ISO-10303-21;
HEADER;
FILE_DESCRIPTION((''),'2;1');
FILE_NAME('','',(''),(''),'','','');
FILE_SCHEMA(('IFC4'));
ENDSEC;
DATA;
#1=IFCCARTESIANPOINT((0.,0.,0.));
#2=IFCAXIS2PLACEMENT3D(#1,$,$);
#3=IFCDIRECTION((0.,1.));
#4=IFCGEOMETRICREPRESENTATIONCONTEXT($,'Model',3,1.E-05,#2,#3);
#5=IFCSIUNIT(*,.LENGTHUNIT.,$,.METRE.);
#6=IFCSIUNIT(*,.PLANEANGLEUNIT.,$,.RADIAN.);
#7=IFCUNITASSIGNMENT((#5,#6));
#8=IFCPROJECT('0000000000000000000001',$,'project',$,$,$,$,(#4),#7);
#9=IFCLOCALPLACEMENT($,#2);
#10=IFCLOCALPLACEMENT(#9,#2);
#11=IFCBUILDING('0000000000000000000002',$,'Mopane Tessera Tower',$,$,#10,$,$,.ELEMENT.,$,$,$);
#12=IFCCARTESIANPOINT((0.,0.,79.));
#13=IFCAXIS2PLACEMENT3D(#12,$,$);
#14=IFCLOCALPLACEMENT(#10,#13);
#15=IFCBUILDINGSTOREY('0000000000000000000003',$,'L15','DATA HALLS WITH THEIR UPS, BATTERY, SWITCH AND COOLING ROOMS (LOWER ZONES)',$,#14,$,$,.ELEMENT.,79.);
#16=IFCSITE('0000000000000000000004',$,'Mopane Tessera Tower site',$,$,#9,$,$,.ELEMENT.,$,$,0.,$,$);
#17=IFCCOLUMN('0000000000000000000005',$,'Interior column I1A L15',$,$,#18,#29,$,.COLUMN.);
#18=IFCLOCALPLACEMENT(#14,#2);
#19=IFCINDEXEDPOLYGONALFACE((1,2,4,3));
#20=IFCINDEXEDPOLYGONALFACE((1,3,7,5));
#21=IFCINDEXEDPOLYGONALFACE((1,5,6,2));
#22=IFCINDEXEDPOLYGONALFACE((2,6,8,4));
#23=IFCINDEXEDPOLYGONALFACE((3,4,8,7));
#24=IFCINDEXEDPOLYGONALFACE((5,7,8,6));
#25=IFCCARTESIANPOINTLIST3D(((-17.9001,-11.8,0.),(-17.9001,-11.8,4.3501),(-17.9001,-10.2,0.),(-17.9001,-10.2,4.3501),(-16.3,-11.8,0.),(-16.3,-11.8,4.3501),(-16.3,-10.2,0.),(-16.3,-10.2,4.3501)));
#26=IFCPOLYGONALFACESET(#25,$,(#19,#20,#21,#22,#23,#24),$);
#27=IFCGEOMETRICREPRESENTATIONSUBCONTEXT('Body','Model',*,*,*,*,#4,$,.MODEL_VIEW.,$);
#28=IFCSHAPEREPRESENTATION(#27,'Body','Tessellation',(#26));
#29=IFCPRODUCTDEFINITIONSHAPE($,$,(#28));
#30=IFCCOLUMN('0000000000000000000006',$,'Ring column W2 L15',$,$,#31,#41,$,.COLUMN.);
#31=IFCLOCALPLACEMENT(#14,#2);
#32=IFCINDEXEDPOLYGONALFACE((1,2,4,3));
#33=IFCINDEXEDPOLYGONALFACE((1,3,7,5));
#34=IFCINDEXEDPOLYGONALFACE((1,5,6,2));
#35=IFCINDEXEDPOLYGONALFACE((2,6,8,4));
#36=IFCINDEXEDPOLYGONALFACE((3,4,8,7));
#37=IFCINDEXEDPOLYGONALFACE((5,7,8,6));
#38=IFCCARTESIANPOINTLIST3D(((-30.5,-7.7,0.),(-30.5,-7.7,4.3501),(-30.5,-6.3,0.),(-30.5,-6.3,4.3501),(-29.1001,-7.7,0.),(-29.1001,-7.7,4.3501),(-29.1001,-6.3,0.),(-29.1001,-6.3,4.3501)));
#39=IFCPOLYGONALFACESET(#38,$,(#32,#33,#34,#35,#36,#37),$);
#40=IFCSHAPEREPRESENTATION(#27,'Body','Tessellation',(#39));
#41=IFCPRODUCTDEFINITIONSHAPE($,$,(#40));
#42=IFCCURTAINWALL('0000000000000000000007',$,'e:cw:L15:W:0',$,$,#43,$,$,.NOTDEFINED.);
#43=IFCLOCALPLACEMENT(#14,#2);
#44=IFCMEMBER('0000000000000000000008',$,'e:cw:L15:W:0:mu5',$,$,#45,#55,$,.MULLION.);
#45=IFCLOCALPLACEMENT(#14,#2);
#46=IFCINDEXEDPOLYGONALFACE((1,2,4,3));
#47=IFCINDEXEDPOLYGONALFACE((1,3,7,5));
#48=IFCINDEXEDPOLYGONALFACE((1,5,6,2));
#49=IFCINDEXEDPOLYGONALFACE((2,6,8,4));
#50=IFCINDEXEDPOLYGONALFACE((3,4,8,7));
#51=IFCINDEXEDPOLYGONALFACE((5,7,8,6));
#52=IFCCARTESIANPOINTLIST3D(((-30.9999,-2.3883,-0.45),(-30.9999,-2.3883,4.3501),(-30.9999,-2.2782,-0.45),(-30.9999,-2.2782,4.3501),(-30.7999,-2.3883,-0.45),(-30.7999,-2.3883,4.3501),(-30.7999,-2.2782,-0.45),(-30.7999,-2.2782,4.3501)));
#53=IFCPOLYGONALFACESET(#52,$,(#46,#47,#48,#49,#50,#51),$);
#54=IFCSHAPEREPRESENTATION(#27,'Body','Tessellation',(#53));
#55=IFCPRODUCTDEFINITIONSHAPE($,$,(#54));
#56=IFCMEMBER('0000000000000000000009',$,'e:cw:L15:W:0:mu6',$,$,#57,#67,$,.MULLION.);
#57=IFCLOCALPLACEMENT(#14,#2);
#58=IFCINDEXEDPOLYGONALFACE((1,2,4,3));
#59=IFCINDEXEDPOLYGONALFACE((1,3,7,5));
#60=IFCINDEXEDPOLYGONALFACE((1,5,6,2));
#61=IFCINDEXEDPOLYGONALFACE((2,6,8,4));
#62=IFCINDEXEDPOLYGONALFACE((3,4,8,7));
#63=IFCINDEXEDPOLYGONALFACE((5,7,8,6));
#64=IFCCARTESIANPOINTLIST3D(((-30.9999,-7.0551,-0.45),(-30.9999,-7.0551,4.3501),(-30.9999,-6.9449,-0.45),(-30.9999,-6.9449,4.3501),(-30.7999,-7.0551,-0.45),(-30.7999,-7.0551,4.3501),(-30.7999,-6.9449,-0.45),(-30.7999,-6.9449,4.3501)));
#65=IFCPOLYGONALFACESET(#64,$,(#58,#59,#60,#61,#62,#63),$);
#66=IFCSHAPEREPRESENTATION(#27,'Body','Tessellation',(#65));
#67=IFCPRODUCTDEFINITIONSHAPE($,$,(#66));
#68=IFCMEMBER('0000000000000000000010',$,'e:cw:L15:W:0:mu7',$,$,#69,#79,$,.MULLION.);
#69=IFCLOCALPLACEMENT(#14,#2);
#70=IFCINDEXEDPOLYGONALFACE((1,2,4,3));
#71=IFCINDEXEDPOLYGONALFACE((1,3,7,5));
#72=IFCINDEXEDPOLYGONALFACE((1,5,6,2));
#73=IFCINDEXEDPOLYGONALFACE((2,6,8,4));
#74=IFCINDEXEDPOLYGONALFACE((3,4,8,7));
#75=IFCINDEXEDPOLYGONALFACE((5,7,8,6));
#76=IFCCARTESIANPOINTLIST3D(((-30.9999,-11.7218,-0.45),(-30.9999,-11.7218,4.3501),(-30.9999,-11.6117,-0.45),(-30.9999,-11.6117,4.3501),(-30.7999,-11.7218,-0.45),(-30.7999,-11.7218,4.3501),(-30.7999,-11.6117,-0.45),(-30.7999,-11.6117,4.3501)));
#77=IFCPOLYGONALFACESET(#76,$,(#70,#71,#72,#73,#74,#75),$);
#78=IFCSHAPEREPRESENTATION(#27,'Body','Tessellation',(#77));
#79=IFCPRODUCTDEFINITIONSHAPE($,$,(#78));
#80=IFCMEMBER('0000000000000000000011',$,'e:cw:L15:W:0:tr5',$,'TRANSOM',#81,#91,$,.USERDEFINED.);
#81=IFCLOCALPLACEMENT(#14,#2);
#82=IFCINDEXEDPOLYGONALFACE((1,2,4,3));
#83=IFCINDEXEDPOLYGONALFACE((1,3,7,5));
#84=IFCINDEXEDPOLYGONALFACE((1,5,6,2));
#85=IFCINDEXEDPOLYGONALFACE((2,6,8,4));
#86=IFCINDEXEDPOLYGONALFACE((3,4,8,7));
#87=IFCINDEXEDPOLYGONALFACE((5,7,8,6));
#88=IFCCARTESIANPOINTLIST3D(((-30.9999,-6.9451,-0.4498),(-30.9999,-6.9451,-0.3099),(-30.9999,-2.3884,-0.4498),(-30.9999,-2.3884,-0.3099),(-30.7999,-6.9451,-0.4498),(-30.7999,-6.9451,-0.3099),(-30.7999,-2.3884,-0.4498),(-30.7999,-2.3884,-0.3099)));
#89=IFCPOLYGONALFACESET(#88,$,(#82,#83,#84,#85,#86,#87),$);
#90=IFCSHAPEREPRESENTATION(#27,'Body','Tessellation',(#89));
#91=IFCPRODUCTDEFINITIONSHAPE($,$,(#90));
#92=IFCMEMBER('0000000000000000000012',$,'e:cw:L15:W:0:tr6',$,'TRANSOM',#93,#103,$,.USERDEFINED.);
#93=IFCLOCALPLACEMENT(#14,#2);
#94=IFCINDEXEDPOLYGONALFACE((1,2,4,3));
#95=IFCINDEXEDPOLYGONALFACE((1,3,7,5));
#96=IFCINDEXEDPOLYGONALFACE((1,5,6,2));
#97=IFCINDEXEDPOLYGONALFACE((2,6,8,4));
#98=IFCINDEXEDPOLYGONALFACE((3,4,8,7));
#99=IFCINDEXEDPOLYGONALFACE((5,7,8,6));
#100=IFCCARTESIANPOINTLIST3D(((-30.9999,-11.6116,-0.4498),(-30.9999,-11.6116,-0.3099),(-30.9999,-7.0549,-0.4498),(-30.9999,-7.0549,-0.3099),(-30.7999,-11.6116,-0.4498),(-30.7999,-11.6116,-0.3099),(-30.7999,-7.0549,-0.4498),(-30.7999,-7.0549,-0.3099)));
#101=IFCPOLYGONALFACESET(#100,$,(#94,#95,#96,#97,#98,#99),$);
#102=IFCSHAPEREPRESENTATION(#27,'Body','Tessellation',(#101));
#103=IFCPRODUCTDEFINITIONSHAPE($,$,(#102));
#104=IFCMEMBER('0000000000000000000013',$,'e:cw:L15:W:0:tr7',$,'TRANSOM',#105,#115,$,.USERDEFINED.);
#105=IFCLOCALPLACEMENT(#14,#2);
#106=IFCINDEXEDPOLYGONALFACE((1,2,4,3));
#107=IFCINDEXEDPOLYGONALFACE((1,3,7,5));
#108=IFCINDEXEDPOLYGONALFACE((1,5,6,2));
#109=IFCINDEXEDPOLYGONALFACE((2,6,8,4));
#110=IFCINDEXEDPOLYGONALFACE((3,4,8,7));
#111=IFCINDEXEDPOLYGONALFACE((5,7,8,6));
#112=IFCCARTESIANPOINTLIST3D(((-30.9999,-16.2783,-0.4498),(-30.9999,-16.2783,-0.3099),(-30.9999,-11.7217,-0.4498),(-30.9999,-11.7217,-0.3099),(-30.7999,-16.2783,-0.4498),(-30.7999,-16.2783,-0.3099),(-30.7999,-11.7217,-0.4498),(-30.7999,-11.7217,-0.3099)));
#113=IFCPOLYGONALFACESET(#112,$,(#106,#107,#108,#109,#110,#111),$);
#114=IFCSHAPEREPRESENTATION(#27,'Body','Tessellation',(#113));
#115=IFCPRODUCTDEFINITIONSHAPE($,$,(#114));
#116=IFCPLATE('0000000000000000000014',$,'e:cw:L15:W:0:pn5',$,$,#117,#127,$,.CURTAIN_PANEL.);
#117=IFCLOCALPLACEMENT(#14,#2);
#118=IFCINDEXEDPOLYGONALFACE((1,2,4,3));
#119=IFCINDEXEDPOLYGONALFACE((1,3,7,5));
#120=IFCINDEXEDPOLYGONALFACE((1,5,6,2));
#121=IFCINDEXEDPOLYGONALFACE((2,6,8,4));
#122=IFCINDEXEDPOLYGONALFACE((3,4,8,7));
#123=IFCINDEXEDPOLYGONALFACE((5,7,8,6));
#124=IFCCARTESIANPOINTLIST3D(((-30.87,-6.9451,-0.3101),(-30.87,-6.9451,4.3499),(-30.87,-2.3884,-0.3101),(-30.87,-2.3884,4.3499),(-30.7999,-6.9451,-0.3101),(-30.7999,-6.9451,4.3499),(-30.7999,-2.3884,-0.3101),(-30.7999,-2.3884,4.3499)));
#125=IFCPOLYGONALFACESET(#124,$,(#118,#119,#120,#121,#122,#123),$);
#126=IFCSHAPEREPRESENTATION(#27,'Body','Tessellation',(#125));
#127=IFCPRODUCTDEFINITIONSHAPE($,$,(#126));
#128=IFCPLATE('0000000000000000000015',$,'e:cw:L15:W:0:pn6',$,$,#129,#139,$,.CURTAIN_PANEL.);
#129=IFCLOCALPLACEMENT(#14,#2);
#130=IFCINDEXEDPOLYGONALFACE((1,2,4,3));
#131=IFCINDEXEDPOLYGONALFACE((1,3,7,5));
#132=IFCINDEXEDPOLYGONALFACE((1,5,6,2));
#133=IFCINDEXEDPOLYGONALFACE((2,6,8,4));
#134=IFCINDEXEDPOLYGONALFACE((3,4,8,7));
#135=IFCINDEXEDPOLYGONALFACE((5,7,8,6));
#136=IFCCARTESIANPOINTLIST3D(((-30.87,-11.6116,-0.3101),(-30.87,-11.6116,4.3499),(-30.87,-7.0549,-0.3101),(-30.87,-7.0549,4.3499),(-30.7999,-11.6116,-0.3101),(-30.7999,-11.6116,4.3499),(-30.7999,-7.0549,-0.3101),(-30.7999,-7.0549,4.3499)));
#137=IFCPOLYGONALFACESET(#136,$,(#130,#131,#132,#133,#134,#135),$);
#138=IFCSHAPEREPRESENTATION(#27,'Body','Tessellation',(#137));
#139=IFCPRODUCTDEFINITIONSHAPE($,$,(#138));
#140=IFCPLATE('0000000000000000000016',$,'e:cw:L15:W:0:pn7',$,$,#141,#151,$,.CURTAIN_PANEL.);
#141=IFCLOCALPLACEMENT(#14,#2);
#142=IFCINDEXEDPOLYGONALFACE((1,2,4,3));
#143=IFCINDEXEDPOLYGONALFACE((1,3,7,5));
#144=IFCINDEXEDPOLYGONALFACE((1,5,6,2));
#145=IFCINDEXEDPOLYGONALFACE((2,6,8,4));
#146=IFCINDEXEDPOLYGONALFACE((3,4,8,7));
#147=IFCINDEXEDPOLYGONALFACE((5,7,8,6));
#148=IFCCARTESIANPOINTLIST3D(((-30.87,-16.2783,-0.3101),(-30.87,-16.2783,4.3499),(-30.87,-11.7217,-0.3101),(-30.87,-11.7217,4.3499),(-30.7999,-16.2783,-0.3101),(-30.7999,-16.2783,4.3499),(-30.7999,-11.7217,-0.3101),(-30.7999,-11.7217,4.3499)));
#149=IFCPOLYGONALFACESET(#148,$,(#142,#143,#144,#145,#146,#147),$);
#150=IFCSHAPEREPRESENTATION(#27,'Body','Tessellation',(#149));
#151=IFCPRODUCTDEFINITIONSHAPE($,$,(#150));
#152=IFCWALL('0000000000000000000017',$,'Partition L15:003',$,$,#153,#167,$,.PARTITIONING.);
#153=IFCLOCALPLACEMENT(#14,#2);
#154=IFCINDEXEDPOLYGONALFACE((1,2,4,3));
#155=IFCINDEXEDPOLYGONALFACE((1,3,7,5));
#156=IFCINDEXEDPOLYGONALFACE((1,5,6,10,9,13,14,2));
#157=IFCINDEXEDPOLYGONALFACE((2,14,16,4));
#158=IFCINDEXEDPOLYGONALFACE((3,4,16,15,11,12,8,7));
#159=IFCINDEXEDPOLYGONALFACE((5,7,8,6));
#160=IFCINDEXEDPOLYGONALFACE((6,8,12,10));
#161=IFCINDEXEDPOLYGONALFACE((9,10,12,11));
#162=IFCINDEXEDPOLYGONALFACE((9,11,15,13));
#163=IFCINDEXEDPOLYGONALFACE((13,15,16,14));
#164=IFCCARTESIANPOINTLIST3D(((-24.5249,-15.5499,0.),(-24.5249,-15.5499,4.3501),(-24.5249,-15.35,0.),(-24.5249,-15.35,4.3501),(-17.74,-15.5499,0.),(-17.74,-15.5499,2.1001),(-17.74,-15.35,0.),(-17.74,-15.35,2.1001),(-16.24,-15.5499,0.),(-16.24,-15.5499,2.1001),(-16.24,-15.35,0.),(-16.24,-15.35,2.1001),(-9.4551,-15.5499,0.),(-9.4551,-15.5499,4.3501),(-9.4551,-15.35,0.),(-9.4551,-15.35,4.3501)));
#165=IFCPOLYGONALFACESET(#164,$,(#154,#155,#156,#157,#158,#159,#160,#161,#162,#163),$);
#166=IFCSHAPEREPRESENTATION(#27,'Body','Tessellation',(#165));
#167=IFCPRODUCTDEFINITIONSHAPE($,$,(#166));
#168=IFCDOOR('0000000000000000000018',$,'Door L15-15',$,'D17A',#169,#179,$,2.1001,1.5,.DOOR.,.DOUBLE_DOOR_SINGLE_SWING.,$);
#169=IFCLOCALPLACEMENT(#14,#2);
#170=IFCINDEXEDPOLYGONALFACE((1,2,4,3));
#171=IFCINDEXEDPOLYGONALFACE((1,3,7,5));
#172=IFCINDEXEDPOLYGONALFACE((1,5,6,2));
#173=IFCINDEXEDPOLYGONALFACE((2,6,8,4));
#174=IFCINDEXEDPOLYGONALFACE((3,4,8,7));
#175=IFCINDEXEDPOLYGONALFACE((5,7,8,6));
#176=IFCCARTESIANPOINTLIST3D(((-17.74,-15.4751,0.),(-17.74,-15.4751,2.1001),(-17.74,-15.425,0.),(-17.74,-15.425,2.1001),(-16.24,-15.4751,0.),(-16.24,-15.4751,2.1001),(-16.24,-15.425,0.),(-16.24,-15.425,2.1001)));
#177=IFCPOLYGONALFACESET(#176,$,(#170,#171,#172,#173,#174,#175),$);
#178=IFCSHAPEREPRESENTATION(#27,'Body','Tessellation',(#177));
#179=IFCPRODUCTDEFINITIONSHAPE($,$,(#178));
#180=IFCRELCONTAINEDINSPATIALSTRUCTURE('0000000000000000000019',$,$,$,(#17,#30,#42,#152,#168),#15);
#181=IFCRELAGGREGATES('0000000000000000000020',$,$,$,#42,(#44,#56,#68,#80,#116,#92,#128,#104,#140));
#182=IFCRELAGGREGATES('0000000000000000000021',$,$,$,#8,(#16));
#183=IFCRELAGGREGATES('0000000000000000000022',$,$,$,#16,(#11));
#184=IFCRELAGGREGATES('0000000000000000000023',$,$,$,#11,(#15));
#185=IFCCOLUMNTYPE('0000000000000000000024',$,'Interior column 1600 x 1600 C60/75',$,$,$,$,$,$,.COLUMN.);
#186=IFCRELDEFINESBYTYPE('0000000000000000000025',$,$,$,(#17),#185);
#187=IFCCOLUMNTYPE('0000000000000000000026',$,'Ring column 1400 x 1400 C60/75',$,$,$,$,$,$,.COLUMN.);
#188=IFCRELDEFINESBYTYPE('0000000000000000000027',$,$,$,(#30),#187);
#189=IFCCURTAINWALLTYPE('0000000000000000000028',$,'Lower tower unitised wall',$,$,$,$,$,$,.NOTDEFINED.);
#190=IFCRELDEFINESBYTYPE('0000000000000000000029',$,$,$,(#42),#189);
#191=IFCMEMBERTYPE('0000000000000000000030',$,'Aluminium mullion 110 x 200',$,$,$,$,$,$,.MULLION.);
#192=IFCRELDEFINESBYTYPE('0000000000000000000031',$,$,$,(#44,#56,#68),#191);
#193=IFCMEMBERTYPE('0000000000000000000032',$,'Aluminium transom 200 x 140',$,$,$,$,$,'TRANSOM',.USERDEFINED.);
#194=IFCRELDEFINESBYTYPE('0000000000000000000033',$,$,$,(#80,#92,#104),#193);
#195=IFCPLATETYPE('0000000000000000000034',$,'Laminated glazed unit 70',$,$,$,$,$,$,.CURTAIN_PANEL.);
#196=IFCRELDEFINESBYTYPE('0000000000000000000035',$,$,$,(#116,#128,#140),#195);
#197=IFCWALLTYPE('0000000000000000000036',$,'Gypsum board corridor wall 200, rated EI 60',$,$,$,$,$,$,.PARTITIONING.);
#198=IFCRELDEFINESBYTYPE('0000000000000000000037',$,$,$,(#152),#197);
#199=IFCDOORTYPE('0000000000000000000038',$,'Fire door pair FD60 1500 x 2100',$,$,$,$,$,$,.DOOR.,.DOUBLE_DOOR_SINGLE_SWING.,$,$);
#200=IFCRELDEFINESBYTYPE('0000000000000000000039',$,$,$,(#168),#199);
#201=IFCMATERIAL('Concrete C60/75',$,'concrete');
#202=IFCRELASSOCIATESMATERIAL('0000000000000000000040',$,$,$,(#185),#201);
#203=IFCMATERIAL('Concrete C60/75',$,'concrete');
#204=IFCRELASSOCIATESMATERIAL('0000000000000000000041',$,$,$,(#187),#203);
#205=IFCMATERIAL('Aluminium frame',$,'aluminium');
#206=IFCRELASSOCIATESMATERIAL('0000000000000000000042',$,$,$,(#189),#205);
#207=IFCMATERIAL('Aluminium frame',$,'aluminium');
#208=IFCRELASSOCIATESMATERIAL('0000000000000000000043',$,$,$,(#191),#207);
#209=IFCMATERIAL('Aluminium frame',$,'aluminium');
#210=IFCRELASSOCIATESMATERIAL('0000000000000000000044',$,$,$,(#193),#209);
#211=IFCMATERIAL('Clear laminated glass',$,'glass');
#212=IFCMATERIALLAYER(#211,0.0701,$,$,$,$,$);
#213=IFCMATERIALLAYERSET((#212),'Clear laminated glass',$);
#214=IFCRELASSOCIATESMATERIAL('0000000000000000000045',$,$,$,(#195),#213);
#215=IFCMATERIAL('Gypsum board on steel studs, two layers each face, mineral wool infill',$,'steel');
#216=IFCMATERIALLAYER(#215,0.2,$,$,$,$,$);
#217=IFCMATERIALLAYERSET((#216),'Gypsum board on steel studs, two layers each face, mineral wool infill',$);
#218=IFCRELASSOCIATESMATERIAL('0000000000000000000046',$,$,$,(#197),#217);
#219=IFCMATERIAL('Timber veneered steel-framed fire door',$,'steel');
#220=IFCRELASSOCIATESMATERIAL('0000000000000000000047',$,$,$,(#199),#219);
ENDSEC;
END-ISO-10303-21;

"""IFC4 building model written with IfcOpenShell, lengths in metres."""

from ifc_helpers import new_model, si_unit, direction, frame, frame_2d, origin, origin_2d, place, context, subcontext, project, spatial, rectangle, extrude, material, layer, layer_set, material_profile, profile_set, type_object, element, fill, aggregate, save


model = new_model("IFC4")

# Units and contexts
model_context = context("Model", 3, precision=1e-05, world=origin(), true_north=direction((0.0, 1.0)))
body_context = subcontext(model_context, "Body", "Model", "MODEL_VIEW")
ifc_project = project(units=[si_unit("LENGTHUNIT", "METRE"), si_unit("PLANEANGLEUNIT", "RADIAN")], contexts=[model_context])

# Site, building, storey
site_placement = place(None, origin())
site = spatial("IfcSite", under=ifc_project, at=site_placement, Name="Mopane Tessera Tower site", CompositionType="ELEMENT", RefElevation=0.0)
building_placement = place(site_placement, origin())
building = spatial("IfcBuilding", under=site, at=building_placement, Name="Mopane Tessera Tower", CompositionType="ELEMENT")
storey_placement = place(building_placement, frame((0.0, 0.0, 79.0)))
storey = spatial("IfcBuildingStorey", under=building, at=storey_placement, Name="L15", Description="DATA HALLS WITH THEIR UPS, BATTERY, SWITCH AND COOLING ROOMS (LOWER ZONES)", CompositionType="ELEMENT", Elevation=79.0)

# Columns
ifc_material_1 = material(Name="Concrete C60/75", Category="concrete")
ifc_material_profile_1 = material_profile(ifc_material_1, rectangle(XDim=1.6001, YDim=1.6001, at=origin_2d()))
ifc_profile_set_1 = profile_set([ifc_material_profile_1], Name="Concrete C60/75")
column_type_1 = type_object("IfcColumnType", Name="Interior column 1600 x 1600 C60/75", PredefinedType="COLUMN", material=ifc_profile_set_1)
column_1_placement = place(storey_placement, frame((-17.1001, -11.0, 0.0), z_axis=(0.0, 0.0, 1.0), x_axis=(1.0, 0.0, 0.0)))
element("IfcColumn", 1, at=column_1_placement, inside=storey, type_object=column_type_1, Name="Interior column I1A L15", PredefinedType="COLUMN", context=body_context, shape_type="SweptSolid", body=[
    extrude(rectangle(XDim=1.6001, YDim=1.6001, at=origin_2d()), origin(), (0.0, 0.0, 1.0), 4.3501),
])
ifc_material_2 = material(Name="Concrete C60/75", Category="concrete")
ifc_material_profile_2 = material_profile(ifc_material_2, rectangle(XDim=1.3999, YDim=1.3999, at=origin_2d()))
ifc_profile_set_2 = profile_set([ifc_material_profile_2], Name="Concrete C60/75")
column_type_2 = type_object("IfcColumnType", Name="Ring column 1400 x 1400 C60/75", PredefinedType="COLUMN", material=ifc_profile_set_2)
column_2_placement = place(storey_placement, frame((-29.8, -7.0, 0.0), z_axis=(0.0, 0.0, 1.0), x_axis=(1.0, 0.0, 0.0)))
element("IfcColumn", 2, at=column_2_placement, inside=storey, type_object=column_type_2, Name="Ring column W2 L15", PredefinedType="COLUMN", context=body_context, shape_type="SweptSolid", body=[
    extrude(rectangle(XDim=1.3999, YDim=1.3999, at=origin_2d()), origin(), (0.0, 0.0, 1.0), 4.3501),
])

# Curtain wall, members, plates
ifc_material_3 = material(Name="Aluminium frame", Category="aluminium")
curtain_wall_type = type_object("IfcCurtainWallType", Name="Lower tower unitised wall", PredefinedType="NOTDEFINED", material=ifc_material_3)
curtain_wall_placement = place(storey_placement, origin())
curtain_wall = element("IfcCurtainWall", 3, at=curtain_wall_placement, inside=storey, type_object=curtain_wall_type, Name="e:cw:L15:W:0", PredefinedType="NOTDEFINED")
ifc_material_4 = material(Name="Aluminium frame", Category="aluminium")
ifc_material_profile_3 = material_profile(ifc_material_4, rectangle(XDim=0.1101, YDim=0.2, at=origin_2d()))
ifc_profile_set_3 = profile_set([ifc_material_profile_3], Name="Aluminium frame")
member_type_1 = type_object("IfcMemberType", Name="Aluminium mullion 110 x 200", PredefinedType="MULLION", material=ifc_profile_set_3)
member_1_placement = place(storey_placement, frame((-30.8999, -2.3333, -0.45), z_axis=(0.0, 0.0, 1.0), x_axis=(0.0, -1.0, 0.0)))
member_1 = element("IfcMember", 4, at=member_1_placement, type_object=member_type_1, Name="e:cw:L15:W:0:mu5", PredefinedType="MULLION", context=body_context, shape_type="SweptSolid", body=[
    extrude(rectangle(XDim=0.1101, YDim=0.2, at=origin_2d()), origin(), (0.0, 0.0, 1.0), 4.8),
])
member_2_placement = place(storey_placement, frame((-30.8999, -7.0, -0.45), z_axis=(0.0, 0.0, 1.0), x_axis=(0.0, -1.0, 0.0)))
member_2 = element("IfcMember", 5, at=member_2_placement, type_object=member_type_1, Name="e:cw:L15:W:0:mu6", PredefinedType="MULLION", context=body_context, shape_type="SweptSolid", body=[
    extrude(rectangle(XDim=0.1101, YDim=0.2, at=origin_2d()), origin(), (0.0, 0.0, 1.0), 4.8),
])
member_3_placement = place(storey_placement, frame((-30.8999, -11.6667, -0.45), z_axis=(0.0, 0.0, 1.0), x_axis=(0.0, -1.0, 0.0)))
member_3 = element("IfcMember", 6, at=member_3_placement, type_object=member_type_1, Name="e:cw:L15:W:0:mu7", PredefinedType="MULLION", context=body_context, shape_type="SweptSolid", body=[
    extrude(rectangle(XDim=0.1101, YDim=0.2, at=origin_2d()), origin(), (0.0, 0.0, 1.0), 4.8),
])
ifc_material_5 = material(Name="Aluminium frame", Category="aluminium")
ifc_material_profile_4 = material_profile(ifc_material_5, rectangle(XDim=0.2, YDim=0.1399, at=origin_2d()))
ifc_profile_set_4 = profile_set([ifc_material_profile_4], Name="Aluminium frame")
member_type_2 = type_object("IfcMemberType", Name="Aluminium transom 200 x 140", ElementType="TRANSOM", PredefinedType="USERDEFINED", material=ifc_profile_set_4)
member_4_placement = place(storey_placement, frame((-30.8999, -2.3884, -0.3799), z_axis=(0.0, -1.0, 0.0), x_axis=(1.0, 0.0, 0.0)))
member_4 = element("IfcMember", 7, at=member_4_placement, type_object=member_type_2, Name="e:cw:L15:W:0:tr5", ObjectType="TRANSOM", PredefinedType="USERDEFINED", context=body_context, shape_type="SweptSolid", body=[
    extrude(rectangle(XDim=0.2, YDim=0.1399, at=origin_2d()), origin(), (0.0, 0.0, 1.0), 4.5566),
])
member_5_placement = place(storey_placement, frame((-30.8999, -7.0549, -0.3799), z_axis=(0.0, -1.0, 0.0), x_axis=(1.0, 0.0, 0.0)))
member_5 = element("IfcMember", 8, at=member_5_placement, type_object=member_type_2, Name="e:cw:L15:W:0:tr6", ObjectType="TRANSOM", PredefinedType="USERDEFINED", context=body_context, shape_type="SweptSolid", body=[
    extrude(rectangle(XDim=0.2, YDim=0.1399, at=origin_2d()), origin(), (0.0, 0.0, 1.0), 4.5566),
])
member_6_placement = place(storey_placement, frame((-30.8999, -11.7217, -0.3799), z_axis=(0.0, -1.0, 0.0), x_axis=(1.0, 0.0, 0.0)))
member_6 = element("IfcMember", 9, at=member_6_placement, type_object=member_type_2, Name="e:cw:L15:W:0:tr7", ObjectType="TRANSOM", PredefinedType="USERDEFINED", context=body_context, shape_type="SweptSolid", body=[
    extrude(rectangle(XDim=0.2, YDim=0.1399, at=origin_2d()), origin(), (0.0, 0.0, 1.0), 4.5566),
])
ifc_material_6 = material(Name="Clear laminated glass", Category="glass")
ifc_layer_1 = layer(ifc_material_6, 0.0701)
ifc_layer_set_1 = layer_set([ifc_layer_1], Name="Clear laminated glass")
plate_type = type_object("IfcPlateType", Name="Laminated glazed unit 70", PredefinedType="CURTAIN_PANEL", material=ifc_layer_set_1)
plate_1_placement = place(storey_placement, frame((-30.835, -4.6667, -0.3101), z_axis=(0.0, 0.0, 1.0), x_axis=(0.0, -1.0, 0.0)))
plate_1 = element("IfcPlate", 10, at=plate_1_placement, type_object=plate_type, Name="e:cw:L15:W:0:pn5", PredefinedType="CURTAIN_PANEL", context=body_context, shape_type="SweptSolid", body=[
    extrude(rectangle(XDim=4.5566, YDim=0.0701, at=origin_2d()), origin(), (0.0, 0.0, 1.0), 4.6599),
])
plate_2_placement = place(storey_placement, frame((-30.835, -9.3333, -0.3101), z_axis=(0.0, 0.0, 1.0), x_axis=(0.0, -1.0, 0.0)))
plate_2 = element("IfcPlate", 11, at=plate_2_placement, type_object=plate_type, Name="e:cw:L15:W:0:pn6", PredefinedType="CURTAIN_PANEL", context=body_context, shape_type="SweptSolid", body=[
    extrude(rectangle(XDim=4.5566, YDim=0.0701, at=origin_2d()), origin(), (0.0, 0.0, 1.0), 4.6599),
])
plate_3_placement = place(storey_placement, frame((-30.835, -14.0, -0.3101), z_axis=(0.0, 0.0, 1.0), x_axis=(0.0, -1.0, 0.0)))
plate_3 = element("IfcPlate", 12, at=plate_3_placement, type_object=plate_type, Name="e:cw:L15:W:0:pn7", PredefinedType="CURTAIN_PANEL", context=body_context, shape_type="SweptSolid", body=[
    extrude(rectangle(XDim=4.5566, YDim=0.0701, at=origin_2d()), origin(), (0.0, 0.0, 1.0), 4.6599),
])
aggregate(curtain_wall, [member_1, member_2, member_3, member_4, plate_1, member_5, plate_2, member_6, plate_3])

# Wall, opening, door
ifc_material_7 = material(Name="Gypsum board on steel studs, two layers each face, mineral wool infill", Category="steel")
ifc_layer_2 = layer(ifc_material_7, 0.2)
ifc_layer_set_2 = layer_set([ifc_layer_2], Name="Gypsum board on steel studs, two layers each face, mineral wool infill")
wall_type_1 = type_object("IfcWallType", Name="Gypsum board corridor wall 200, rated EI 60", PredefinedType="PARTITIONING", material=ifc_layer_set_2)
wall_1_placement = place(storey_placement, frame((-24.5249, -15.45, 0.0), z_axis=(0.0, 0.0, 1.0), x_axis=(1.0, 0.0, 0.0)))
wall_1 = element("IfcWall", 13, at=wall_1_placement, inside=storey, type_object=wall_type_1, Name="Partition L15:003", PredefinedType="PARTITIONING", context=body_context, shape_type="SweptSolid", body=[
    extrude(rectangle(XDim=15.0698, YDim=0.2, at=frame_2d((7.5349, 0.0))), origin(), (0.0, 0.0, 1.0), 4.3501),
])
opening_1_placement = place(wall_1_placement, frame((6.7849, 0.0, 0.0)))
opening_1 = element("IfcOpeningElement", 14, at=opening_1_placement, cuts=wall_1, PredefinedType="OPENING", context=body_context, shape_type="SweptSolid", body=[
    extrude(rectangle(XDim=1.5, YDim=2.1001, at=frame_2d((0.75, 1.05))), frame((0.0, 0.1121, 0.0), z_axis=(0.0, -1.0, 0.0), x_axis=(1.0, 0.0, 0.0)), (0.0, 0.0, 1.0), 0.2239),
])
ifc_material_8 = material(Name="Timber veneered steel-framed fire door", Category="steel")
door_type_1 = type_object("IfcDoorType", Name="Fire door pair FD60 1500 x 2100", OperationType="DOUBLE_DOOR_SINGLE_SWING", PredefinedType="DOOR", material=ifc_material_8)
door_1_placement = place(opening_1_placement, origin())
door_1 = element("IfcDoor", 15, at=door_1_placement, inside=storey, type_object=door_type_1, Name="Door L15-15", ObjectType="D17A", OperationType="DOUBLE_DOOR_SINGLE_SWING", OverallHeight=2.1001, OverallWidth=1.5, PredefinedType="DOOR", context=body_context, shape_type="SweptSolid", body=[
    extrude(rectangle(XDim=1.5, YDim=2.1001, at=frame_2d((0.75, 1.05))), frame((0.0, 0.0249, 0.0), z_axis=(0.0, -1.0, 0.0), x_axis=(1.0, 0.0, 0.0)), (0.0, 0.0, 1.0), 0.05),
])
fill(opening_1, door_1)

save(model, "model.ifc")
